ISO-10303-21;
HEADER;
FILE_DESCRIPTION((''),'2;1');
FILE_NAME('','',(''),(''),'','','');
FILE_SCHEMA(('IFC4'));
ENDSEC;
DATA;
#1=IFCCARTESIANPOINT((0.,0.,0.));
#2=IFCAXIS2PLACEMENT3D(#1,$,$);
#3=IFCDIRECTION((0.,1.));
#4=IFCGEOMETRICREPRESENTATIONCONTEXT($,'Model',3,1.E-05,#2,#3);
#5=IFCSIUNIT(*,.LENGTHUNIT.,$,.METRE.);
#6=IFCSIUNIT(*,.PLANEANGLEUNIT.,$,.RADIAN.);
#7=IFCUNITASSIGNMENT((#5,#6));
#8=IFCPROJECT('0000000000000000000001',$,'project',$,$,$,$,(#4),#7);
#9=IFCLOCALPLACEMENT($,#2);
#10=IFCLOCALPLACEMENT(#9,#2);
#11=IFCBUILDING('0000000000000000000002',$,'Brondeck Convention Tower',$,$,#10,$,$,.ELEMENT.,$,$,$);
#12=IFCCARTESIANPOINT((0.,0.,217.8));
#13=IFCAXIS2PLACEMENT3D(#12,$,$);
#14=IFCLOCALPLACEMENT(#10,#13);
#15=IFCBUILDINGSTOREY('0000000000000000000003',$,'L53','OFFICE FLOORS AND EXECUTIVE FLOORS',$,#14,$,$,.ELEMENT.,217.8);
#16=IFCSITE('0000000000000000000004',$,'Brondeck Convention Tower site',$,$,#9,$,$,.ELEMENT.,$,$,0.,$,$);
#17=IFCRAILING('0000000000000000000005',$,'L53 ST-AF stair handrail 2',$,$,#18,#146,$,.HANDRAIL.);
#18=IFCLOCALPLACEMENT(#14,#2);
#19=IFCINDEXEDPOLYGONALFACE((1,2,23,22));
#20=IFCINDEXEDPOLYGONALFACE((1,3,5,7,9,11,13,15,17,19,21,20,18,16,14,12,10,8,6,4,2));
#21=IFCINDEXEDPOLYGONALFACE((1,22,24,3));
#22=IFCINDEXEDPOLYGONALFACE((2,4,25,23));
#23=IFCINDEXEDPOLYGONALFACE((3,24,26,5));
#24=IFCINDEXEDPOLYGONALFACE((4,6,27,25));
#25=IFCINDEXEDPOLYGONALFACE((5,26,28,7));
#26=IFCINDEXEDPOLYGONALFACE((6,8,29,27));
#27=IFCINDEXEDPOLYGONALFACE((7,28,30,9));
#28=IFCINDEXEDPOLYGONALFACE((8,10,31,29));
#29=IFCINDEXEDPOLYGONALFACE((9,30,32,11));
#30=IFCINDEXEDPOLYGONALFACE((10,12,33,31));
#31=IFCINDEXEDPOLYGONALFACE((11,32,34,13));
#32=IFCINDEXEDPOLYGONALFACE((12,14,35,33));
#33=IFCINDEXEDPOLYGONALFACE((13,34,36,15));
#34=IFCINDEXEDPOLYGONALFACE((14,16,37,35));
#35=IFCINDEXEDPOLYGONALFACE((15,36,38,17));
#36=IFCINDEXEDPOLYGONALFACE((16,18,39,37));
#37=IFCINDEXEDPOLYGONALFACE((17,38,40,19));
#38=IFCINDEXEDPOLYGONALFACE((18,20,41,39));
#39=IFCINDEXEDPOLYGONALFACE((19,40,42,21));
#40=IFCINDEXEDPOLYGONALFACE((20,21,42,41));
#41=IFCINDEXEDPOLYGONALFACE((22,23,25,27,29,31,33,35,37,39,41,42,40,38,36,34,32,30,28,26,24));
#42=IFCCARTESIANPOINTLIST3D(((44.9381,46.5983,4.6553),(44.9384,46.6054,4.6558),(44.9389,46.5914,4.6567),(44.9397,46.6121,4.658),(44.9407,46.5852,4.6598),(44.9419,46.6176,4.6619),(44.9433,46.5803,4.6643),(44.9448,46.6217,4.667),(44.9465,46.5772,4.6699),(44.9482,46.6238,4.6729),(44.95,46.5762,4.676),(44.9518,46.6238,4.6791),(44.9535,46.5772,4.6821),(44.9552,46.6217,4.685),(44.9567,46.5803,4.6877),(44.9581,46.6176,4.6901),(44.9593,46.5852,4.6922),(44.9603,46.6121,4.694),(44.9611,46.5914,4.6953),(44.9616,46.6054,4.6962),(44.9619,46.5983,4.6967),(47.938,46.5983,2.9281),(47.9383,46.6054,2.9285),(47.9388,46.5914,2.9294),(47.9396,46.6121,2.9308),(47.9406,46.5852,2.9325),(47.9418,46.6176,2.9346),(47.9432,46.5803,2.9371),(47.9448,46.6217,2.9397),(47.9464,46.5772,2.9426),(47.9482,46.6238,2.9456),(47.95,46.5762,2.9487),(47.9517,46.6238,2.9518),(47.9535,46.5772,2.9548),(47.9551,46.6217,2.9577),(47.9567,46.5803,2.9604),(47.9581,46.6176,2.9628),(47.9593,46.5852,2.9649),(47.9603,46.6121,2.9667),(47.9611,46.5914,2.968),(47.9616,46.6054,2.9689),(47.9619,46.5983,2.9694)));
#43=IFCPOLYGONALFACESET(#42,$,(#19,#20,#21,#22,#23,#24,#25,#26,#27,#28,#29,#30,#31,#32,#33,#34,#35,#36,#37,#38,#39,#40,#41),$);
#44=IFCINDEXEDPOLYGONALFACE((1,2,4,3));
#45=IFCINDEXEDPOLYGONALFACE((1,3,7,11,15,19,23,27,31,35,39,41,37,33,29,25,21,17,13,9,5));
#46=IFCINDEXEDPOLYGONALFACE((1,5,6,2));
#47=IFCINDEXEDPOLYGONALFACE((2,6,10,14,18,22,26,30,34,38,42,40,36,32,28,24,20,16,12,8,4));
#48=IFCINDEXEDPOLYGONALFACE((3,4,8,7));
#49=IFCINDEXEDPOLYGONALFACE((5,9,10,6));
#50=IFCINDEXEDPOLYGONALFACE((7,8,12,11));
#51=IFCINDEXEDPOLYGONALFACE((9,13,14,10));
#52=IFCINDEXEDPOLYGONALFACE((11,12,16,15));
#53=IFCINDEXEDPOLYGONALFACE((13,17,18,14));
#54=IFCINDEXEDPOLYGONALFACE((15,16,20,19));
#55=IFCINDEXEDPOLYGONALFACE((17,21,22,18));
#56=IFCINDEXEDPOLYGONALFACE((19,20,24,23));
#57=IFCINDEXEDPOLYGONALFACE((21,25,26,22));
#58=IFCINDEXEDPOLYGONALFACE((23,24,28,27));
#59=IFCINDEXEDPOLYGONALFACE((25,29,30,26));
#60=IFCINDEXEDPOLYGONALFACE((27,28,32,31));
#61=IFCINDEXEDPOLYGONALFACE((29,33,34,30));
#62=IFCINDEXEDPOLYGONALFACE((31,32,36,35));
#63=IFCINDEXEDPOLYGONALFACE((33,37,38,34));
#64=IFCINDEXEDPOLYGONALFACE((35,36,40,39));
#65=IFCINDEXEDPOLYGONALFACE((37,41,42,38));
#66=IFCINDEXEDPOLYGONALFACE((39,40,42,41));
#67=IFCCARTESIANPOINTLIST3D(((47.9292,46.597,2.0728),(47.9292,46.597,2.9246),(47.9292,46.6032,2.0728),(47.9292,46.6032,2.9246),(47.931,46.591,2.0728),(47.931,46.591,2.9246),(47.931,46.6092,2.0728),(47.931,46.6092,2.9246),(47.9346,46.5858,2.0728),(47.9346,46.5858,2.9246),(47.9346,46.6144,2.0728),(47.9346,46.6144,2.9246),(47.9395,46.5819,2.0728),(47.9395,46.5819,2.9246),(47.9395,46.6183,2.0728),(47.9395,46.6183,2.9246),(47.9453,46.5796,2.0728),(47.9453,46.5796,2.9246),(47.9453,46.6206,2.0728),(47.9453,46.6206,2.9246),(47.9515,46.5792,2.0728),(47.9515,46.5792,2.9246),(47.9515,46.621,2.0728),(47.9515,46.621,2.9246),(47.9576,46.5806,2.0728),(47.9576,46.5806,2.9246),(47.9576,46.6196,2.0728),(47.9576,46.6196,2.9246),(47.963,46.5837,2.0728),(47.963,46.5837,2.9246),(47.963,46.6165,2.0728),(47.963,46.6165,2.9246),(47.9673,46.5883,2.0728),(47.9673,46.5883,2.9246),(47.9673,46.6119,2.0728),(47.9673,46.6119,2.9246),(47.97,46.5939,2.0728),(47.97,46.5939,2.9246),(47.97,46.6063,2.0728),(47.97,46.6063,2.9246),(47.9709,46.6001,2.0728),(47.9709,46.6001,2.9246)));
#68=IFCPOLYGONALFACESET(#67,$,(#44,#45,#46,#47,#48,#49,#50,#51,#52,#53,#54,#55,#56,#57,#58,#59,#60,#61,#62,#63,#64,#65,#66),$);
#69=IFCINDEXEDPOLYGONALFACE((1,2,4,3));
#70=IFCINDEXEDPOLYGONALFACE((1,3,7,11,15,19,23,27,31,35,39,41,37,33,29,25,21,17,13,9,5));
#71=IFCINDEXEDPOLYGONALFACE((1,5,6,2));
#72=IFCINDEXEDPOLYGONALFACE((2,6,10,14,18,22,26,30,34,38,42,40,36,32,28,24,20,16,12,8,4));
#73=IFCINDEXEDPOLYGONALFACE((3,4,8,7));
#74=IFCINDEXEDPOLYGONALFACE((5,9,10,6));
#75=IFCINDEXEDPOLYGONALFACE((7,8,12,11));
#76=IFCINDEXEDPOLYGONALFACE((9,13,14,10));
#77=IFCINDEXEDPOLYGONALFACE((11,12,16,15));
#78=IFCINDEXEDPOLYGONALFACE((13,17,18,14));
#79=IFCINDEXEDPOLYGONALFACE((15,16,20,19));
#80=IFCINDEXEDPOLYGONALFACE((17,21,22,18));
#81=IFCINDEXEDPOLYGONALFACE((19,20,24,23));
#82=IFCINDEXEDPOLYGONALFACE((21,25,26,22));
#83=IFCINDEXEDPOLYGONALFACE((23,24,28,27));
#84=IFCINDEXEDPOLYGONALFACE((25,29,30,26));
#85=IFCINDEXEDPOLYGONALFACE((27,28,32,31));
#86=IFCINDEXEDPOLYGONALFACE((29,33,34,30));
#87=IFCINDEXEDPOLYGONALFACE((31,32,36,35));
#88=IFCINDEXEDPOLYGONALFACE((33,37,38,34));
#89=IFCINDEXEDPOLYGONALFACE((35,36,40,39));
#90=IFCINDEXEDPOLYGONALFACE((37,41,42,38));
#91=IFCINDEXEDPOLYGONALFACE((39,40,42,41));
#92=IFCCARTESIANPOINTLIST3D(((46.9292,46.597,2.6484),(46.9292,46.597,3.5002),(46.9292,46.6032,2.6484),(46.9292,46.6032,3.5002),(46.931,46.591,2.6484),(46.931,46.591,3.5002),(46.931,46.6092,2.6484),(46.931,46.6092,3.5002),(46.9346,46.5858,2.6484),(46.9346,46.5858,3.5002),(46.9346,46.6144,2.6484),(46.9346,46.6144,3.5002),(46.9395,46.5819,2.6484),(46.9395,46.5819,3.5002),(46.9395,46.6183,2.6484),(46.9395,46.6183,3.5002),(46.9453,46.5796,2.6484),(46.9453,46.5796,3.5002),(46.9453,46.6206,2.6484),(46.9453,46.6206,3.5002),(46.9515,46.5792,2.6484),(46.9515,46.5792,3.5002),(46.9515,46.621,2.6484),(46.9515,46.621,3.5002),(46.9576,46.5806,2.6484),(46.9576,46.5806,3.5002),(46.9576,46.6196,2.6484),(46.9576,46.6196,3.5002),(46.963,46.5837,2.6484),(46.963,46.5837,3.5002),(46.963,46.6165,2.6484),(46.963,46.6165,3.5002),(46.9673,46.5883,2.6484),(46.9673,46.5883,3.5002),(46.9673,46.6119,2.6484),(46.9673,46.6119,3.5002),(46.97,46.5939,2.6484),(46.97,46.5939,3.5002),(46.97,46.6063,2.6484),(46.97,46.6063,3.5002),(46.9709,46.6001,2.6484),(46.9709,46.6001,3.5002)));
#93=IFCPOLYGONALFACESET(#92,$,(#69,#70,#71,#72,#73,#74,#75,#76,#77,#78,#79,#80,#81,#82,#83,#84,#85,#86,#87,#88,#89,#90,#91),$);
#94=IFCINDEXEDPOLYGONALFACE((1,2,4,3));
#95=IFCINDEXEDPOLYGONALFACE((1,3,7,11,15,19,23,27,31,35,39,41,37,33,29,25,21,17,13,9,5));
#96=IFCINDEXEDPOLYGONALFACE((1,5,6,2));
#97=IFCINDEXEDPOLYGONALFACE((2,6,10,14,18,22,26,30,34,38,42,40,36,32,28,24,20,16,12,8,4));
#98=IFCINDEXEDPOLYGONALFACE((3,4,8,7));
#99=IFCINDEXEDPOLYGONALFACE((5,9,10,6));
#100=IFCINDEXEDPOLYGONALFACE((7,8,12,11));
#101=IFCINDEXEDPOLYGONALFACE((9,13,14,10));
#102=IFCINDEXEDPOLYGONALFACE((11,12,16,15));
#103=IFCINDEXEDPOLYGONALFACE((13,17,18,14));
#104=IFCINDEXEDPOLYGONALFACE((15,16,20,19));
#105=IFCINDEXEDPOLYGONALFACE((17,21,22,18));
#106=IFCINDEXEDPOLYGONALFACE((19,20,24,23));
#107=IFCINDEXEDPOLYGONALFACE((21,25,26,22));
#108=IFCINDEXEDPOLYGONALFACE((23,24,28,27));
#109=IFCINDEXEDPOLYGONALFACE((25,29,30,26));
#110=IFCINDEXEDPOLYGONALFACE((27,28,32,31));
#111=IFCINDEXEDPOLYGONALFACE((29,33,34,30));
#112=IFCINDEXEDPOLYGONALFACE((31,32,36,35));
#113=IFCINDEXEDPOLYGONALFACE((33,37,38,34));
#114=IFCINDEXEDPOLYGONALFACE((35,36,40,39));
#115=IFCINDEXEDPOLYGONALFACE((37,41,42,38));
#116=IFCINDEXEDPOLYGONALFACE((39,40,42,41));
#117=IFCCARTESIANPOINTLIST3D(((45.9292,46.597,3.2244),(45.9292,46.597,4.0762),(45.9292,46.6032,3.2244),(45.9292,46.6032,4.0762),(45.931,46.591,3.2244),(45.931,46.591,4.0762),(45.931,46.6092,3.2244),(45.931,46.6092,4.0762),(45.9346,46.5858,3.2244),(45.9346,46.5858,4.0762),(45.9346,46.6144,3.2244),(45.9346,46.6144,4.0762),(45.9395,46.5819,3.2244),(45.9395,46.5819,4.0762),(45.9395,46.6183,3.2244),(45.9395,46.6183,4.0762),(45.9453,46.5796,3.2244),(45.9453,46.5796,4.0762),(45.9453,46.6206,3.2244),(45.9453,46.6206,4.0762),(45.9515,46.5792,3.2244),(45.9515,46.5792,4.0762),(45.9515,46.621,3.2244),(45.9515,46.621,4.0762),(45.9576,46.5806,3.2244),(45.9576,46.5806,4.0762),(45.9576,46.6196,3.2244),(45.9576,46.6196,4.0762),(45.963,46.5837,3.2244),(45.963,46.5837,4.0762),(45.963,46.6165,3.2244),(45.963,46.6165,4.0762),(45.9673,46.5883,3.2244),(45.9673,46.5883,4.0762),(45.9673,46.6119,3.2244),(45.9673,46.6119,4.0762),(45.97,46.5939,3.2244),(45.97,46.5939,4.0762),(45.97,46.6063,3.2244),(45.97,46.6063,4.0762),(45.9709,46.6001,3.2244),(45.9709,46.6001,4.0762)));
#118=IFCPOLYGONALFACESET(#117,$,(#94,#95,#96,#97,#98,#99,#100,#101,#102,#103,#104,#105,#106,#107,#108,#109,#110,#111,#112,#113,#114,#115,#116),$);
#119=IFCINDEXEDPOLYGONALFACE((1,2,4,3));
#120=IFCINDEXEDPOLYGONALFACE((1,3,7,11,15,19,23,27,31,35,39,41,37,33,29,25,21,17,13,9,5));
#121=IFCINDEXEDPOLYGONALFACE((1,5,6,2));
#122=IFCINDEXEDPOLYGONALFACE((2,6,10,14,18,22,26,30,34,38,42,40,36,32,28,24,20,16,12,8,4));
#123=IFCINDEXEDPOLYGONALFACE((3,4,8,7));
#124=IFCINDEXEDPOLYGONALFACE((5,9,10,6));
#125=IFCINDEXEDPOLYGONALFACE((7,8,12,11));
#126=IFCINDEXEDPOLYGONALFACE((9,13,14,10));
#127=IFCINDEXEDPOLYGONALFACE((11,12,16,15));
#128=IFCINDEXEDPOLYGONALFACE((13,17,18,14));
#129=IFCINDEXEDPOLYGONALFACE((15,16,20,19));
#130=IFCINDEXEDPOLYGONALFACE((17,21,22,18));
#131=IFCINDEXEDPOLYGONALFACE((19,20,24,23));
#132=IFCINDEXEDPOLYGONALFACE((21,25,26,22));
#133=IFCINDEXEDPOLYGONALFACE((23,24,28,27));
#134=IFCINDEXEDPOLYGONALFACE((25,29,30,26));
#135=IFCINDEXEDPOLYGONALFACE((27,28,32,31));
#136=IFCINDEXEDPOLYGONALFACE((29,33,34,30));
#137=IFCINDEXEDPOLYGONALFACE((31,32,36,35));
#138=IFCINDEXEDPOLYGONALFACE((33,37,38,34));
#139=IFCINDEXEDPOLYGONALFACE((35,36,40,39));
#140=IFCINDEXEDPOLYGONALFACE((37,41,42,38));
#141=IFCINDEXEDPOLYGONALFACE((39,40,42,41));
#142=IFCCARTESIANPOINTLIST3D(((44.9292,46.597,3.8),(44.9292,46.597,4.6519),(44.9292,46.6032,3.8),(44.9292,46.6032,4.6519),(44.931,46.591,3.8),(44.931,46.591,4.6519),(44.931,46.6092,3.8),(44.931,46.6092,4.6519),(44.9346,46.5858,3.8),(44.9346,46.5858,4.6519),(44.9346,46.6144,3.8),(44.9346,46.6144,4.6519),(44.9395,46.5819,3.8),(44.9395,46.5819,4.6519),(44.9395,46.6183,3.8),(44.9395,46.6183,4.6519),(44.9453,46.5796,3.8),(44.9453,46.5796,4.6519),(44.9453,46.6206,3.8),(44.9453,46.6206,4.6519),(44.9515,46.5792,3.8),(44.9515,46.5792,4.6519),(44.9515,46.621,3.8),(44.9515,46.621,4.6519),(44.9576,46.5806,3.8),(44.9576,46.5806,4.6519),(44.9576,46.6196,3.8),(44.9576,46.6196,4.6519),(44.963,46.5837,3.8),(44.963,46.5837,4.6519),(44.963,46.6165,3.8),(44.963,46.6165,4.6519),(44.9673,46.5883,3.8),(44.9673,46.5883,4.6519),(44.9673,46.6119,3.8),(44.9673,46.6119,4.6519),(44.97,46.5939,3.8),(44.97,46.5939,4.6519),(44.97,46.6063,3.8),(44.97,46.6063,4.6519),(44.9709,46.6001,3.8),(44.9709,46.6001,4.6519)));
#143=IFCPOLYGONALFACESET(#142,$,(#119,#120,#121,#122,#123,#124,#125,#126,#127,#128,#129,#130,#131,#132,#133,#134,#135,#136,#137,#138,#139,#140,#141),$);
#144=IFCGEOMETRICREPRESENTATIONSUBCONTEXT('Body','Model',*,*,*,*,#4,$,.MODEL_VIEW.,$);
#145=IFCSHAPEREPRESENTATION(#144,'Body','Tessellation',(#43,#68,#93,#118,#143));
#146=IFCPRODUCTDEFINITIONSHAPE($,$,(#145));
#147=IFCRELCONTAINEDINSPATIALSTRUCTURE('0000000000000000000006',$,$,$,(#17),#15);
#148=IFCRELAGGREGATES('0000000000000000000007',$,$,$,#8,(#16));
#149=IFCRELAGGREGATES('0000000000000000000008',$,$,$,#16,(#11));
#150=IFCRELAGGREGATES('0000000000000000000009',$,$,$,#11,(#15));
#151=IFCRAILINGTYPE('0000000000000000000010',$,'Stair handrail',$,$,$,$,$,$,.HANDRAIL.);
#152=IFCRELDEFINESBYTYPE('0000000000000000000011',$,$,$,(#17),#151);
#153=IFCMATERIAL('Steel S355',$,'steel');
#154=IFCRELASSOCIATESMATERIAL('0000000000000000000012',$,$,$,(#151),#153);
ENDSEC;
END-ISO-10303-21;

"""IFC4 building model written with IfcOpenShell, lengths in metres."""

from ifc_helpers import new_model, si_unit, direction, frame, origin, origin_2d, place, context, subcontext, project, spatial, circle, extrude, material, type_object, element, save


model = new_model("IFC4")

# Units and contexts
model_context = context("Model", 3, precision=1e-05, world=origin(), true_north=direction((0.0, 1.0)))
body_context = subcontext(model_context, "Body", "Model", "MODEL_VIEW")
ifc_project = project(units=[si_unit("LENGTHUNIT", "METRE"), si_unit("PLANEANGLEUNIT", "RADIAN")], contexts=[model_context])

# Site, building, storey
site_placement = place(None, origin())
site = spatial("IfcSite", under=ifc_project, at=site_placement, Name="Brondeck Convention Tower site", CompositionType="ELEMENT", RefElevation=0.0)
building_placement = place(site_placement, origin())
building = spatial("IfcBuilding", under=site, at=building_placement, Name="Brondeck Convention Tower", CompositionType="ELEMENT")
storey_placement = place(building_placement, frame((0.0, 0.0, 217.8)))
storey = spatial("IfcBuildingStorey", under=building, at=storey_placement, Name="L53", Description="OFFICE FLOORS AND EXECUTIVE FLOORS", CompositionType="ELEMENT", Elevation=217.8)

# Shared definitions
ifc_material_1 = material(Name="Steel S355", Category="steel")

# Railing
railing_type_1 = type_object("IfcRailingType", Name="Stair handrail", PredefinedType="HANDRAIL", material=ifc_material_1)
railing_1_placement = place(storey_placement, frame((47.95, 46.6001, 2.0728)))
element("IfcRailing", 1, at=railing_1_placement, inside=storey, type_object=railing_type_1, Name="L53 ST-AF stair handrail 2", PredefinedType="HANDRAIL", context=body_context, shape_type="SweptSolid", body=[
    extrude(circle(Radius=0.0239, at=origin_2d()), frame((0.0, 0.0, 0.876), z_axis=(-0.86662, 0.0, 0.498969), x_axis=(0.0, -1.0, 0.0)), (0.0, 0.0, 1.0), 3.4617),
    extrude(circle(Radius=0.021, at=origin_2d()), origin(), (0.0, 0.0, 1.0), 0.8518),
    extrude(circle(Radius=0.021, at=origin_2d()), frame((-1.0, 0.0, 0.5757)), (0.0, 0.0, 1.0), 0.8518),
    extrude(circle(Radius=0.021, at=origin_2d()), frame((-2.0, 0.0, 1.1516)), (0.0, 0.0, 1.0), 0.8518),
    extrude(circle(Radius=0.021, at=origin_2d()), frame((-3.0, 0.0, 1.7273)), (0.0, 0.0, 1.0), 0.8518),
])

save(model, "model.ifc")
